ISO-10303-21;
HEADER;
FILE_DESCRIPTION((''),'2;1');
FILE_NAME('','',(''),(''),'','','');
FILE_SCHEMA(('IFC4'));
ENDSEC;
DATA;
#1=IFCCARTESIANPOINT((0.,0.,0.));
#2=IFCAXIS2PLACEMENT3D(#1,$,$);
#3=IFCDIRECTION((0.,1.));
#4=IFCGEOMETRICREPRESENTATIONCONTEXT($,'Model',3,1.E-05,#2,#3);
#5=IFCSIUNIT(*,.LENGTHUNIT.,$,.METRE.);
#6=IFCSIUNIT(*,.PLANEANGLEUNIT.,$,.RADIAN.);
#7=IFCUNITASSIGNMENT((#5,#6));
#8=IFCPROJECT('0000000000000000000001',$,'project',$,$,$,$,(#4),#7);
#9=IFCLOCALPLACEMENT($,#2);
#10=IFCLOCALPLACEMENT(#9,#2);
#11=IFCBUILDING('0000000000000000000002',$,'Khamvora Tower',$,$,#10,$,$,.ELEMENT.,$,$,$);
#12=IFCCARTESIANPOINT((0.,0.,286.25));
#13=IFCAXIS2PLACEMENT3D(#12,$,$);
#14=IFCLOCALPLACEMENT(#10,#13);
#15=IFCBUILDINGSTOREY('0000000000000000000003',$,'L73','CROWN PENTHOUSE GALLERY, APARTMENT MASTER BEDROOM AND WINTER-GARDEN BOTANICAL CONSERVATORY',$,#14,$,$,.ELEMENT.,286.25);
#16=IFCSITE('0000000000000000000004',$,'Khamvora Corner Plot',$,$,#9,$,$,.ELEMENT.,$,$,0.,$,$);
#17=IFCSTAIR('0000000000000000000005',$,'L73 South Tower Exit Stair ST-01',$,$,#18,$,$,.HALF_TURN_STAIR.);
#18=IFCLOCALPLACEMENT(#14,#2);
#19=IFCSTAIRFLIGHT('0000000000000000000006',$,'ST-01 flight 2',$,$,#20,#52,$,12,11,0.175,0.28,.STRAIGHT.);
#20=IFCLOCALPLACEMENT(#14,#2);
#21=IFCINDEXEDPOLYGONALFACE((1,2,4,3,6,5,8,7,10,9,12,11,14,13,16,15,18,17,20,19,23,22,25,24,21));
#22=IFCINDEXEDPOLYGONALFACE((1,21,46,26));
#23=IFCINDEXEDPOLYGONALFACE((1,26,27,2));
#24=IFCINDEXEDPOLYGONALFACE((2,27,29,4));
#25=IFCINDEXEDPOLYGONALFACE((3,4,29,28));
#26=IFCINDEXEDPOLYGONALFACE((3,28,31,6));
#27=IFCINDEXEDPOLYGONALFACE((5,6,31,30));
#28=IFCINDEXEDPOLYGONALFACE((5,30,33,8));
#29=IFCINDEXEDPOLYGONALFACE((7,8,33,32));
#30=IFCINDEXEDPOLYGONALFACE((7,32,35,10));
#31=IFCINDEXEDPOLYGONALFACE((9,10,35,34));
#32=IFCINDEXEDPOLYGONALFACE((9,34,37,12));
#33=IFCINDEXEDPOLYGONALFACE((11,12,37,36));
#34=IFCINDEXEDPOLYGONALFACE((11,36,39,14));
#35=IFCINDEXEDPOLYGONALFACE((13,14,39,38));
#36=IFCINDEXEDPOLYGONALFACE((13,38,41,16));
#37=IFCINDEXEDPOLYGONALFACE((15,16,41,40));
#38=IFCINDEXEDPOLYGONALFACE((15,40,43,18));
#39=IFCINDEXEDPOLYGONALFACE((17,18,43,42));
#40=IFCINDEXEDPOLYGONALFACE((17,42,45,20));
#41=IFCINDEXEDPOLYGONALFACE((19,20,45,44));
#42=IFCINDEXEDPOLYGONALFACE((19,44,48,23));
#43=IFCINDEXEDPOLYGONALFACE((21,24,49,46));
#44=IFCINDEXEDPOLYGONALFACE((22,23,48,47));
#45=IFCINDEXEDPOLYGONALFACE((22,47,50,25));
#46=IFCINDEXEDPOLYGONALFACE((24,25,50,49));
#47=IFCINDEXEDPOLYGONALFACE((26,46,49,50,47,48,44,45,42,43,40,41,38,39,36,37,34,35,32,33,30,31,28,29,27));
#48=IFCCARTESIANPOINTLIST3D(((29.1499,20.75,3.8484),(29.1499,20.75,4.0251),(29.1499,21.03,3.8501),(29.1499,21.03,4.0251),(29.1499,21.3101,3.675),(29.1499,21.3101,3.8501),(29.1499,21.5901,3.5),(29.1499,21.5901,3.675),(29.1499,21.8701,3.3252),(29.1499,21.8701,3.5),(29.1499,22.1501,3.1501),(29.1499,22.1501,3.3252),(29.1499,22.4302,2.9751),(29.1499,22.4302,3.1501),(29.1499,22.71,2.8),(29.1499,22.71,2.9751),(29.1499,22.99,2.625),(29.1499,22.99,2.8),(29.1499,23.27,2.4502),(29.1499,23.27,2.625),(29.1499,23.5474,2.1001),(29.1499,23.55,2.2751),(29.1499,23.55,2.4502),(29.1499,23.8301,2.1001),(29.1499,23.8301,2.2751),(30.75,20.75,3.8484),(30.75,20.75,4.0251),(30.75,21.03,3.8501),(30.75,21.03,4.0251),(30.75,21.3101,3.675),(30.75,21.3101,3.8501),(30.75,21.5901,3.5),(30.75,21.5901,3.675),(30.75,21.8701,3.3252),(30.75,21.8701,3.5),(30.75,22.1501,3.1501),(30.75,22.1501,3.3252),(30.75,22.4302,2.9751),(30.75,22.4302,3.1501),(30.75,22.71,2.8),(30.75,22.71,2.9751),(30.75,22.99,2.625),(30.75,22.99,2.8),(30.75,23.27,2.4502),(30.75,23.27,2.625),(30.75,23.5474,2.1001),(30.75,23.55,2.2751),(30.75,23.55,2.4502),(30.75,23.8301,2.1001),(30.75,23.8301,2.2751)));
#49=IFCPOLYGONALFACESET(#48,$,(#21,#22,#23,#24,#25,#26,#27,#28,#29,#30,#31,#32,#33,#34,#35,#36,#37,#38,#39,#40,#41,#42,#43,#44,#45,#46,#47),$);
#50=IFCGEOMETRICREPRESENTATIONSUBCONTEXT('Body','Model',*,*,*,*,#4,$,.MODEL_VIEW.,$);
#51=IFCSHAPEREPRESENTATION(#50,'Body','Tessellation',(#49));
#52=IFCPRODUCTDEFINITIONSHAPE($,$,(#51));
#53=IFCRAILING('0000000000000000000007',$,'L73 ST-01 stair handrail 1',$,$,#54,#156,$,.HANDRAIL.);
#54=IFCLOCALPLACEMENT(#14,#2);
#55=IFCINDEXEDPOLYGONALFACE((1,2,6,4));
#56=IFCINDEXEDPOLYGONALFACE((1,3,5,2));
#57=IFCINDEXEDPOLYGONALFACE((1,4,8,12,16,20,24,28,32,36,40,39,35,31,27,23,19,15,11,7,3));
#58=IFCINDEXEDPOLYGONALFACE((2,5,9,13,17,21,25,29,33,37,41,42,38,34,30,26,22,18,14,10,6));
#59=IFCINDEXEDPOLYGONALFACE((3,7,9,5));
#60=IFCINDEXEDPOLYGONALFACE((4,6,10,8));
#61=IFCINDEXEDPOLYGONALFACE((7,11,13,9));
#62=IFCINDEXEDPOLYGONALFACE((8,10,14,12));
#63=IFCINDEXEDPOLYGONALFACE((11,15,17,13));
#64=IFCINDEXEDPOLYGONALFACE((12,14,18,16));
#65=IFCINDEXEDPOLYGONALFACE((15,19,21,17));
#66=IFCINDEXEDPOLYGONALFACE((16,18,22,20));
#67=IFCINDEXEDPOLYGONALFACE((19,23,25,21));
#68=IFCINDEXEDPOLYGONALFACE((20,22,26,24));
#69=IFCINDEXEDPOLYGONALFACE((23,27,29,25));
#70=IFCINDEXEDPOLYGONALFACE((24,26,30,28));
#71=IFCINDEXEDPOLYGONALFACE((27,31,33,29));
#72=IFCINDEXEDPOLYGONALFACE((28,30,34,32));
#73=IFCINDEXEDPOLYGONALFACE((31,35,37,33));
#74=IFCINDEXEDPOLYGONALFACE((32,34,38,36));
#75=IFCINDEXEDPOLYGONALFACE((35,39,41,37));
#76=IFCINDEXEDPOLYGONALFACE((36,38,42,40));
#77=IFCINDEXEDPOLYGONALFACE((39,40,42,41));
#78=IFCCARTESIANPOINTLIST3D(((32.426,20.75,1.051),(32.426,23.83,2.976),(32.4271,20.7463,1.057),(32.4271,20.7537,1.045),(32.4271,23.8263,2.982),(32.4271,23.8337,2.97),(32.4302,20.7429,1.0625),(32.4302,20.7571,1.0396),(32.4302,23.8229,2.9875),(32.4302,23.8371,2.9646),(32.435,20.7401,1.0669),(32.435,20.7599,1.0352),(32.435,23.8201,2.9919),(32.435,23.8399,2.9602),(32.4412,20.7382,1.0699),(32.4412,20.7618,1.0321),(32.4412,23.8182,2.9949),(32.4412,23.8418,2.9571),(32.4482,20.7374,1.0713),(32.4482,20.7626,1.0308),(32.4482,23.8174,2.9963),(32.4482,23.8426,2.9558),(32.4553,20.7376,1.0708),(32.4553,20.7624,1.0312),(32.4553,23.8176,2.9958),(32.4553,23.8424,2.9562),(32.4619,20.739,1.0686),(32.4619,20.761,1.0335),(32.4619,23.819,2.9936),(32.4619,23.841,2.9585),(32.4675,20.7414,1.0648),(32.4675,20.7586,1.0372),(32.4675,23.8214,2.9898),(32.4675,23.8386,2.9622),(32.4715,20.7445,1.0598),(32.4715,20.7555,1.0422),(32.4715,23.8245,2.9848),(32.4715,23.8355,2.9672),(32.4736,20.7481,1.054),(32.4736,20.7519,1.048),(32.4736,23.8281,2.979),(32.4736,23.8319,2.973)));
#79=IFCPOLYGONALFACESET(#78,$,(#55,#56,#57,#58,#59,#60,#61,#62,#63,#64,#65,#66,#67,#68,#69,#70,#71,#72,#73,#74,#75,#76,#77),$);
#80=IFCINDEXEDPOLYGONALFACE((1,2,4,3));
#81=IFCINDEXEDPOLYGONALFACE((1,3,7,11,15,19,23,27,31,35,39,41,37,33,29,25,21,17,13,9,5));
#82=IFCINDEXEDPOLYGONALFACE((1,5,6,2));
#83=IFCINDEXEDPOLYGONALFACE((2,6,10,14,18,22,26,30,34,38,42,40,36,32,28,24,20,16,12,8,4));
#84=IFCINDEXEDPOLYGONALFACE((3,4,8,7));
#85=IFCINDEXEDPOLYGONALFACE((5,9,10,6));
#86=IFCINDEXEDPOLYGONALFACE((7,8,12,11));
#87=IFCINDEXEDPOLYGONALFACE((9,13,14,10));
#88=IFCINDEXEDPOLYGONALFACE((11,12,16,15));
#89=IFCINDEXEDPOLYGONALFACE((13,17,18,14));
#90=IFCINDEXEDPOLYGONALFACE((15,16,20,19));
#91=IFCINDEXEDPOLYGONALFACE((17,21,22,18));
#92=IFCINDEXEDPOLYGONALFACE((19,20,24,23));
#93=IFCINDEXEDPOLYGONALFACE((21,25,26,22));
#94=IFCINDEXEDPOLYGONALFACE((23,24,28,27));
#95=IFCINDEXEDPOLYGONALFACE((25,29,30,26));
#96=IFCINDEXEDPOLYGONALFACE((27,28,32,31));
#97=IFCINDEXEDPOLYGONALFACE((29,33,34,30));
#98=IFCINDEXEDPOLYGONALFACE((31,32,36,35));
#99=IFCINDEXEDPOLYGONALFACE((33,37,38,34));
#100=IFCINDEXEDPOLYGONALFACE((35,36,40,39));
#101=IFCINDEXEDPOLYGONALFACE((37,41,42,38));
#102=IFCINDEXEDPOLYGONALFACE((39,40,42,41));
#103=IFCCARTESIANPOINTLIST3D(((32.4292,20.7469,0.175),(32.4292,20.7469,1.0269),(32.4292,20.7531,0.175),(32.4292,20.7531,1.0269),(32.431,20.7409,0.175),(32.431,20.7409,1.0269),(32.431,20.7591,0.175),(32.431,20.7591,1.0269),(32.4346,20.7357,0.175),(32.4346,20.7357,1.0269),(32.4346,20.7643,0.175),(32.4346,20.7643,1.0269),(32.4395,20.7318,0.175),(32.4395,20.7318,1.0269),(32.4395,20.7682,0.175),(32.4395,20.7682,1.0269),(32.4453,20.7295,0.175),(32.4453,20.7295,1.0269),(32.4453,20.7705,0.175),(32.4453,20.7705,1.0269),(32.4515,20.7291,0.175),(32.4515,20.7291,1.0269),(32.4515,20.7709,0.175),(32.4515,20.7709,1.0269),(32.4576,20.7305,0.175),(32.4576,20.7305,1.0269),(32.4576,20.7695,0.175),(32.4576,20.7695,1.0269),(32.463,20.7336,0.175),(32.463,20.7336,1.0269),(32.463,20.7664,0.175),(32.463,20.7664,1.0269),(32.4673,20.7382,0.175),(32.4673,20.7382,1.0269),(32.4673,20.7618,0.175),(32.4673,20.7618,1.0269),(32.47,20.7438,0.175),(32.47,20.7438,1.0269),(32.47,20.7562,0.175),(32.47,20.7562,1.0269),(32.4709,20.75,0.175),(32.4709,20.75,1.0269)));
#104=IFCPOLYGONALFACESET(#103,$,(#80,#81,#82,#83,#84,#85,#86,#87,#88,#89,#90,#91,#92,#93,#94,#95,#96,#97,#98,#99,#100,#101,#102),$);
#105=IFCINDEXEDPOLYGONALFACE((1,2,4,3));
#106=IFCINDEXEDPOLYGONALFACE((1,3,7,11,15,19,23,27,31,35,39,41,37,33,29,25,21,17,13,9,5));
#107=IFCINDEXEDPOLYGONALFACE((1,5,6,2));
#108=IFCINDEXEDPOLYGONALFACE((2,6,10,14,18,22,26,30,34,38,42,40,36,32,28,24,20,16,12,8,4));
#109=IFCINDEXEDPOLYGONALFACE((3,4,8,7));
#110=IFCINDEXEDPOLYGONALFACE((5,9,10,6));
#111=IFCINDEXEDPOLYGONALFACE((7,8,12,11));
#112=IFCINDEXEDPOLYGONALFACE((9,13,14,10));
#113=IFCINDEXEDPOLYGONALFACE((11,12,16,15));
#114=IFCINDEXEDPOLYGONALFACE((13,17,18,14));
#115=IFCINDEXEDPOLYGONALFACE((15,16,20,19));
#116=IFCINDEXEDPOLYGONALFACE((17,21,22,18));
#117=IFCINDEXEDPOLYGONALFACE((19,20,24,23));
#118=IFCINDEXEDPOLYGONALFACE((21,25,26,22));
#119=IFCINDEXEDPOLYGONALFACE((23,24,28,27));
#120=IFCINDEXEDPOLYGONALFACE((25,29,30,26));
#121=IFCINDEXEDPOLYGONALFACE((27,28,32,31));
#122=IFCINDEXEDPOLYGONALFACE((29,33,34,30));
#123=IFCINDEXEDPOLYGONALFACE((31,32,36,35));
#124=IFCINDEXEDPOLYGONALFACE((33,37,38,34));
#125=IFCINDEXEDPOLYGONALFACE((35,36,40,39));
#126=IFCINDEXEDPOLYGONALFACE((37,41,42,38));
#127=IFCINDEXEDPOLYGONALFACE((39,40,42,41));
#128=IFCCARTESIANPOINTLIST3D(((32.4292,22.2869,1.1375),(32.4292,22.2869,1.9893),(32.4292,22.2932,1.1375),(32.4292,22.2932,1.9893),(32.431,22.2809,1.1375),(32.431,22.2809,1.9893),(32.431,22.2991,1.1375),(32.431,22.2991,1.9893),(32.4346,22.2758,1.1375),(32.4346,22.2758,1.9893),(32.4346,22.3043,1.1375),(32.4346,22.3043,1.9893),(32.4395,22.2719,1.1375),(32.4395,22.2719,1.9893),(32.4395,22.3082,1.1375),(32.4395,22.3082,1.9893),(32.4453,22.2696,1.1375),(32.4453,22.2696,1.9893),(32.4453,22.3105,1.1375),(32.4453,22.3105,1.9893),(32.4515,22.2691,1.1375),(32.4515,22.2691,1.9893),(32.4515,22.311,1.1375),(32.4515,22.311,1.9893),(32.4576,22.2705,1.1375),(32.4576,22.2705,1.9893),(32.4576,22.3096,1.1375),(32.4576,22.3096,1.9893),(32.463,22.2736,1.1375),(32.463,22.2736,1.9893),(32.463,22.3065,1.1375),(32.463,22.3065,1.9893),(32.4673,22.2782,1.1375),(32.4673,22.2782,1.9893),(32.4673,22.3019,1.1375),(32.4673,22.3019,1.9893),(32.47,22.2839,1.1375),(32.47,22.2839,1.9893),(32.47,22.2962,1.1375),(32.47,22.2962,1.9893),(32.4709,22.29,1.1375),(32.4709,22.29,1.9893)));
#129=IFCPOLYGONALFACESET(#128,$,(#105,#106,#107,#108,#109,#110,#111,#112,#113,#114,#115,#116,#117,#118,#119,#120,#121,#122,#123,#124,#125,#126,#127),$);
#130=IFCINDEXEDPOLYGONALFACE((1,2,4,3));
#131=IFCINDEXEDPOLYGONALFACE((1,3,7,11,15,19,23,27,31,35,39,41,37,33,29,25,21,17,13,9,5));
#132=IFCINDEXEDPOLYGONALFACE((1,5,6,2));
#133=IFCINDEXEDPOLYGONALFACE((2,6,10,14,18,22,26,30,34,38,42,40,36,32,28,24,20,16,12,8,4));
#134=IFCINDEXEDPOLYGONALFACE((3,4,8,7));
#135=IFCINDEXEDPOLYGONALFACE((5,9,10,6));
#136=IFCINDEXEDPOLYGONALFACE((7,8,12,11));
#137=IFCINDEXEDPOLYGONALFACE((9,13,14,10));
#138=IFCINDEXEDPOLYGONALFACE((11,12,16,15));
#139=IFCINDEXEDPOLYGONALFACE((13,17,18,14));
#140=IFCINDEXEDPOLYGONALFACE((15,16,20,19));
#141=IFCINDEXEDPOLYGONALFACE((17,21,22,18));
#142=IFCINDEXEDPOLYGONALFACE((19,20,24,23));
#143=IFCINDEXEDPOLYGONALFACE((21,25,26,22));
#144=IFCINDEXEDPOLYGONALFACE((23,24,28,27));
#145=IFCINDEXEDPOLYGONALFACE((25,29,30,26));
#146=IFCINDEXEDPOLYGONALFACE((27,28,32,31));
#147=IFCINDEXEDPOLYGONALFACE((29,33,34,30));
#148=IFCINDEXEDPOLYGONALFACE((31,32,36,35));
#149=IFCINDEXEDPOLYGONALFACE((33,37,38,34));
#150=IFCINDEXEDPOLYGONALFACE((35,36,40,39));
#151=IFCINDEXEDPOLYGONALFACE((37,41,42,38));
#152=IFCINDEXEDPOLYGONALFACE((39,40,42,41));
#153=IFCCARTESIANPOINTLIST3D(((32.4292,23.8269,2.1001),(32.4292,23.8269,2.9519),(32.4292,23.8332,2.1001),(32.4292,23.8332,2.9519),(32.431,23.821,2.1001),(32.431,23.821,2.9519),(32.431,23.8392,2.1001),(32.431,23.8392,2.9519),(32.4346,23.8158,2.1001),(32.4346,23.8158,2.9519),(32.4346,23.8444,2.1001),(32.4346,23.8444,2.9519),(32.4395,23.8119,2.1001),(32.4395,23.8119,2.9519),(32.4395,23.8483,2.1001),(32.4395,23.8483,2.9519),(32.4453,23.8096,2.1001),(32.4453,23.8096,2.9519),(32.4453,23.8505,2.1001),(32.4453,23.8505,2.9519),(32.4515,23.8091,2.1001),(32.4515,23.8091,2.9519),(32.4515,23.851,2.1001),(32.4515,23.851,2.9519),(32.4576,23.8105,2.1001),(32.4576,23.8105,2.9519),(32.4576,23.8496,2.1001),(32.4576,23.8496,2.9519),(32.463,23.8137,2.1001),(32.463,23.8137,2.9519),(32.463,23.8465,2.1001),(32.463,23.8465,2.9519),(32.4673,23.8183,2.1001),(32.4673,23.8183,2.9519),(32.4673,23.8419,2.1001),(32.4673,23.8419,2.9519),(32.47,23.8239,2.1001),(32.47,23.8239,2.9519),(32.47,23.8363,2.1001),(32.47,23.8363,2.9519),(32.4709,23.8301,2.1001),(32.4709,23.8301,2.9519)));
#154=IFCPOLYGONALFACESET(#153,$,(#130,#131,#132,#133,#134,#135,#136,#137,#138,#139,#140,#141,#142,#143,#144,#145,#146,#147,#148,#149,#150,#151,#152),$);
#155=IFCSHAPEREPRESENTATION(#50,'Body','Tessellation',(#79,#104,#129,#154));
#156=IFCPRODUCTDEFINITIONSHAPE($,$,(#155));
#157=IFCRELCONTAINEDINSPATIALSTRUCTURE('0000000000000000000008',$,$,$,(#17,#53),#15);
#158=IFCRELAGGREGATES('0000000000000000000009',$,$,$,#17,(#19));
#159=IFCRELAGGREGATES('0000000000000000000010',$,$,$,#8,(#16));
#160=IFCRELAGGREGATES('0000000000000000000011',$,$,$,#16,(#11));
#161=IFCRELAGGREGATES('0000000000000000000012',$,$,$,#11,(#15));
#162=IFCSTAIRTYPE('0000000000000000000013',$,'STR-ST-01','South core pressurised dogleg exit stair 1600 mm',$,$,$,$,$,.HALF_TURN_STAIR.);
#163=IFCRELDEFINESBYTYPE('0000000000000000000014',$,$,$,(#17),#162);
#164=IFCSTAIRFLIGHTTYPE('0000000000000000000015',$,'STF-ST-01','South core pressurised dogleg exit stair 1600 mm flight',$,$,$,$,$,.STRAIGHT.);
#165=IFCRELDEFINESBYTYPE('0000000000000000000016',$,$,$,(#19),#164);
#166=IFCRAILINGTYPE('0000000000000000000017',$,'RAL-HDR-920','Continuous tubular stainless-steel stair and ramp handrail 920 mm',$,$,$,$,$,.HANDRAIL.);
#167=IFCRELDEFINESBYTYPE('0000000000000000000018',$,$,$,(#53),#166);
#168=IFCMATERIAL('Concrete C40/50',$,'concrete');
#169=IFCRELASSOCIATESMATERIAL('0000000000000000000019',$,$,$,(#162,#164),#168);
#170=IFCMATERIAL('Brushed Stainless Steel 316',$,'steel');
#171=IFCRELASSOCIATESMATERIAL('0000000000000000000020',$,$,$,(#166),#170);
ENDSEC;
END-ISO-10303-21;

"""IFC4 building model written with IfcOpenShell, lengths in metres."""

from ifc_helpers import new_model, si_unit, direction, frame, origin, origin_2d, place, context, subcontext, project, spatial, polyline, circle, outline, extrude, material, type_object, element, aggregate, save


model = new_model("IFC4")

# Units and contexts
model_context = context("Model", 3, precision=1e-05, world=origin(), true_north=direction((0.0, 1.0)))
body_context = subcontext(model_context, "Body", "Model", "MODEL_VIEW")
ifc_project = project(units=[si_unit("LENGTHUNIT", "METRE"), si_unit("PLANEANGLEUNIT", "RADIAN")], contexts=[model_context])

# Site, building, storey
site_placement = place(None, origin())
site = spatial("IfcSite", under=ifc_project, at=site_placement, Name="Khamvora Corner Plot", CompositionType="ELEMENT", RefElevation=0.0)
building_placement = place(site_placement, origin())
building = spatial("IfcBuilding", under=site, at=building_placement, Name="Khamvora Tower", CompositionType="ELEMENT")
storey_placement = place(building_placement, frame((0.0, 0.0, 286.25)))
storey = spatial("IfcBuildingStorey", under=building, at=storey_placement, Name="L73", Description="CROWN PENTHOUSE GALLERY, APARTMENT MASTER BEDROOM AND WINTER-GARDEN BOTANICAL CONSERVATORY", CompositionType="ELEMENT", Elevation=286.25)

# Shared definitions
ifc_material_1 = material(Name="Concrete C40/50", Category="concrete")

# Stair, stair flight
stair_type = type_object("IfcStairType", Name="STR-ST-01", Description="South core pressurised dogleg exit stair 1600 mm", PredefinedType="HALF_TURN_STAIR", material=ifc_material_1)
stair_placement = place(storey_placement, origin())
stair = element("IfcStair", 1, at=stair_placement, inside=storey, type_object=stair_type, Name="L73 South Tower Exit Stair ST-01", PredefinedType="HALF_TURN_STAIR")
stair_flight_type = type_object("IfcStairFlightType", Name="STF-ST-01", Description="South core pressurised dogleg exit stair 1600 mm flight", PredefinedType="STRAIGHT", material=ifc_material_1)
stair_flight_1_placement = place(storey_placement, frame((29.95, 23.8301, 2.1001), z_axis=(0.0, 0.0, 1.0), x_axis=(0.0, -1.0, 0.0)))
stair_flight_1 = element("IfcStairFlight", 2, at=stair_flight_1_placement, type_object=stair_flight_type, Name="ST-01 flight 2", NumberOfRisers=12, NumberOfTreads=11, PredefinedType="STRAIGHT", RiserHeight=0.175, TreadLength=0.28, context=body_context, shape_type="SweptSolid", body=[
    extrude(outline(polyline([(0.0, 0.0), (0.0, 0.175), (0.28, 0.175), (0.28, 0.3501), (0.5601, 0.3501), (0.5601, 0.5249), (0.8401, 0.5249), (0.8401, 0.7), (1.1201, 0.7), (1.1201, 0.875), (1.3999, 0.875), (1.3999, 1.05), (1.6799, 1.05), (1.6799, 1.2251), (1.96, 1.2251), (1.96, 1.3999), (2.24, 1.3999), (2.24, 1.575), (2.52, 1.575), (2.52, 1.75), (2.8, 1.75), (2.8, 1.925), (3.0801, 1.925), (3.0801, 2.1001), (3.0801, 1.7483), (0.2827, 0.0), (0.0, 0.0)])), frame((0.0, 0.8, 0.0), z_axis=(0.0, -1.0, 0.0), x_axis=(1.0, 0.0, 0.0)), (0.0, 0.0, 1.0), 1.6001),
])
aggregate(stair, [stair_flight_1])

# Railing
ifc_material_2 = material(Name="Brushed Stainless Steel 316", Category="steel")
railing_type_1 = type_object("IfcRailingType", Name="RAL-HDR-920", Description="Continuous tubular stainless-steel stair and ramp handrail 920 mm", PredefinedType="HANDRAIL", material=ifc_material_2)
railing_1_placement = place(storey_placement, frame((32.45, 20.75, 0.175)))
element("IfcRailing", 3, at=railing_1_placement, inside=storey, type_object=railing_type_1, Name="L73 ST-01 stair handrail 1", PredefinedType="HANDRAIL", context=body_context, shape_type="SweptSolid", body=[
    extrude(circle(Radius=0.0239, at=origin_2d()), frame((0.0, 0.0, 0.876), z_axis=(0.0, 0.847998, 0.529999), x_axis=(-1.0, 0.0, 0.0)), (0.0, 0.0, 1.0), 3.6321),
    extrude(circle(Radius=0.021, at=origin_2d()), origin(), (0.0, 0.0, 1.0), 0.8518),
    extrude(circle(Radius=0.021, at=origin_2d()), frame((0.0, 1.54, 0.9624)), (0.0, 0.0, 1.0), 0.8518),
    extrude(circle(Radius=0.021, at=origin_2d()), frame((0.0, 3.0801, 1.925)), (0.0, 0.0, 1.0), 0.8518),
])

save(model, "model.ifc")
